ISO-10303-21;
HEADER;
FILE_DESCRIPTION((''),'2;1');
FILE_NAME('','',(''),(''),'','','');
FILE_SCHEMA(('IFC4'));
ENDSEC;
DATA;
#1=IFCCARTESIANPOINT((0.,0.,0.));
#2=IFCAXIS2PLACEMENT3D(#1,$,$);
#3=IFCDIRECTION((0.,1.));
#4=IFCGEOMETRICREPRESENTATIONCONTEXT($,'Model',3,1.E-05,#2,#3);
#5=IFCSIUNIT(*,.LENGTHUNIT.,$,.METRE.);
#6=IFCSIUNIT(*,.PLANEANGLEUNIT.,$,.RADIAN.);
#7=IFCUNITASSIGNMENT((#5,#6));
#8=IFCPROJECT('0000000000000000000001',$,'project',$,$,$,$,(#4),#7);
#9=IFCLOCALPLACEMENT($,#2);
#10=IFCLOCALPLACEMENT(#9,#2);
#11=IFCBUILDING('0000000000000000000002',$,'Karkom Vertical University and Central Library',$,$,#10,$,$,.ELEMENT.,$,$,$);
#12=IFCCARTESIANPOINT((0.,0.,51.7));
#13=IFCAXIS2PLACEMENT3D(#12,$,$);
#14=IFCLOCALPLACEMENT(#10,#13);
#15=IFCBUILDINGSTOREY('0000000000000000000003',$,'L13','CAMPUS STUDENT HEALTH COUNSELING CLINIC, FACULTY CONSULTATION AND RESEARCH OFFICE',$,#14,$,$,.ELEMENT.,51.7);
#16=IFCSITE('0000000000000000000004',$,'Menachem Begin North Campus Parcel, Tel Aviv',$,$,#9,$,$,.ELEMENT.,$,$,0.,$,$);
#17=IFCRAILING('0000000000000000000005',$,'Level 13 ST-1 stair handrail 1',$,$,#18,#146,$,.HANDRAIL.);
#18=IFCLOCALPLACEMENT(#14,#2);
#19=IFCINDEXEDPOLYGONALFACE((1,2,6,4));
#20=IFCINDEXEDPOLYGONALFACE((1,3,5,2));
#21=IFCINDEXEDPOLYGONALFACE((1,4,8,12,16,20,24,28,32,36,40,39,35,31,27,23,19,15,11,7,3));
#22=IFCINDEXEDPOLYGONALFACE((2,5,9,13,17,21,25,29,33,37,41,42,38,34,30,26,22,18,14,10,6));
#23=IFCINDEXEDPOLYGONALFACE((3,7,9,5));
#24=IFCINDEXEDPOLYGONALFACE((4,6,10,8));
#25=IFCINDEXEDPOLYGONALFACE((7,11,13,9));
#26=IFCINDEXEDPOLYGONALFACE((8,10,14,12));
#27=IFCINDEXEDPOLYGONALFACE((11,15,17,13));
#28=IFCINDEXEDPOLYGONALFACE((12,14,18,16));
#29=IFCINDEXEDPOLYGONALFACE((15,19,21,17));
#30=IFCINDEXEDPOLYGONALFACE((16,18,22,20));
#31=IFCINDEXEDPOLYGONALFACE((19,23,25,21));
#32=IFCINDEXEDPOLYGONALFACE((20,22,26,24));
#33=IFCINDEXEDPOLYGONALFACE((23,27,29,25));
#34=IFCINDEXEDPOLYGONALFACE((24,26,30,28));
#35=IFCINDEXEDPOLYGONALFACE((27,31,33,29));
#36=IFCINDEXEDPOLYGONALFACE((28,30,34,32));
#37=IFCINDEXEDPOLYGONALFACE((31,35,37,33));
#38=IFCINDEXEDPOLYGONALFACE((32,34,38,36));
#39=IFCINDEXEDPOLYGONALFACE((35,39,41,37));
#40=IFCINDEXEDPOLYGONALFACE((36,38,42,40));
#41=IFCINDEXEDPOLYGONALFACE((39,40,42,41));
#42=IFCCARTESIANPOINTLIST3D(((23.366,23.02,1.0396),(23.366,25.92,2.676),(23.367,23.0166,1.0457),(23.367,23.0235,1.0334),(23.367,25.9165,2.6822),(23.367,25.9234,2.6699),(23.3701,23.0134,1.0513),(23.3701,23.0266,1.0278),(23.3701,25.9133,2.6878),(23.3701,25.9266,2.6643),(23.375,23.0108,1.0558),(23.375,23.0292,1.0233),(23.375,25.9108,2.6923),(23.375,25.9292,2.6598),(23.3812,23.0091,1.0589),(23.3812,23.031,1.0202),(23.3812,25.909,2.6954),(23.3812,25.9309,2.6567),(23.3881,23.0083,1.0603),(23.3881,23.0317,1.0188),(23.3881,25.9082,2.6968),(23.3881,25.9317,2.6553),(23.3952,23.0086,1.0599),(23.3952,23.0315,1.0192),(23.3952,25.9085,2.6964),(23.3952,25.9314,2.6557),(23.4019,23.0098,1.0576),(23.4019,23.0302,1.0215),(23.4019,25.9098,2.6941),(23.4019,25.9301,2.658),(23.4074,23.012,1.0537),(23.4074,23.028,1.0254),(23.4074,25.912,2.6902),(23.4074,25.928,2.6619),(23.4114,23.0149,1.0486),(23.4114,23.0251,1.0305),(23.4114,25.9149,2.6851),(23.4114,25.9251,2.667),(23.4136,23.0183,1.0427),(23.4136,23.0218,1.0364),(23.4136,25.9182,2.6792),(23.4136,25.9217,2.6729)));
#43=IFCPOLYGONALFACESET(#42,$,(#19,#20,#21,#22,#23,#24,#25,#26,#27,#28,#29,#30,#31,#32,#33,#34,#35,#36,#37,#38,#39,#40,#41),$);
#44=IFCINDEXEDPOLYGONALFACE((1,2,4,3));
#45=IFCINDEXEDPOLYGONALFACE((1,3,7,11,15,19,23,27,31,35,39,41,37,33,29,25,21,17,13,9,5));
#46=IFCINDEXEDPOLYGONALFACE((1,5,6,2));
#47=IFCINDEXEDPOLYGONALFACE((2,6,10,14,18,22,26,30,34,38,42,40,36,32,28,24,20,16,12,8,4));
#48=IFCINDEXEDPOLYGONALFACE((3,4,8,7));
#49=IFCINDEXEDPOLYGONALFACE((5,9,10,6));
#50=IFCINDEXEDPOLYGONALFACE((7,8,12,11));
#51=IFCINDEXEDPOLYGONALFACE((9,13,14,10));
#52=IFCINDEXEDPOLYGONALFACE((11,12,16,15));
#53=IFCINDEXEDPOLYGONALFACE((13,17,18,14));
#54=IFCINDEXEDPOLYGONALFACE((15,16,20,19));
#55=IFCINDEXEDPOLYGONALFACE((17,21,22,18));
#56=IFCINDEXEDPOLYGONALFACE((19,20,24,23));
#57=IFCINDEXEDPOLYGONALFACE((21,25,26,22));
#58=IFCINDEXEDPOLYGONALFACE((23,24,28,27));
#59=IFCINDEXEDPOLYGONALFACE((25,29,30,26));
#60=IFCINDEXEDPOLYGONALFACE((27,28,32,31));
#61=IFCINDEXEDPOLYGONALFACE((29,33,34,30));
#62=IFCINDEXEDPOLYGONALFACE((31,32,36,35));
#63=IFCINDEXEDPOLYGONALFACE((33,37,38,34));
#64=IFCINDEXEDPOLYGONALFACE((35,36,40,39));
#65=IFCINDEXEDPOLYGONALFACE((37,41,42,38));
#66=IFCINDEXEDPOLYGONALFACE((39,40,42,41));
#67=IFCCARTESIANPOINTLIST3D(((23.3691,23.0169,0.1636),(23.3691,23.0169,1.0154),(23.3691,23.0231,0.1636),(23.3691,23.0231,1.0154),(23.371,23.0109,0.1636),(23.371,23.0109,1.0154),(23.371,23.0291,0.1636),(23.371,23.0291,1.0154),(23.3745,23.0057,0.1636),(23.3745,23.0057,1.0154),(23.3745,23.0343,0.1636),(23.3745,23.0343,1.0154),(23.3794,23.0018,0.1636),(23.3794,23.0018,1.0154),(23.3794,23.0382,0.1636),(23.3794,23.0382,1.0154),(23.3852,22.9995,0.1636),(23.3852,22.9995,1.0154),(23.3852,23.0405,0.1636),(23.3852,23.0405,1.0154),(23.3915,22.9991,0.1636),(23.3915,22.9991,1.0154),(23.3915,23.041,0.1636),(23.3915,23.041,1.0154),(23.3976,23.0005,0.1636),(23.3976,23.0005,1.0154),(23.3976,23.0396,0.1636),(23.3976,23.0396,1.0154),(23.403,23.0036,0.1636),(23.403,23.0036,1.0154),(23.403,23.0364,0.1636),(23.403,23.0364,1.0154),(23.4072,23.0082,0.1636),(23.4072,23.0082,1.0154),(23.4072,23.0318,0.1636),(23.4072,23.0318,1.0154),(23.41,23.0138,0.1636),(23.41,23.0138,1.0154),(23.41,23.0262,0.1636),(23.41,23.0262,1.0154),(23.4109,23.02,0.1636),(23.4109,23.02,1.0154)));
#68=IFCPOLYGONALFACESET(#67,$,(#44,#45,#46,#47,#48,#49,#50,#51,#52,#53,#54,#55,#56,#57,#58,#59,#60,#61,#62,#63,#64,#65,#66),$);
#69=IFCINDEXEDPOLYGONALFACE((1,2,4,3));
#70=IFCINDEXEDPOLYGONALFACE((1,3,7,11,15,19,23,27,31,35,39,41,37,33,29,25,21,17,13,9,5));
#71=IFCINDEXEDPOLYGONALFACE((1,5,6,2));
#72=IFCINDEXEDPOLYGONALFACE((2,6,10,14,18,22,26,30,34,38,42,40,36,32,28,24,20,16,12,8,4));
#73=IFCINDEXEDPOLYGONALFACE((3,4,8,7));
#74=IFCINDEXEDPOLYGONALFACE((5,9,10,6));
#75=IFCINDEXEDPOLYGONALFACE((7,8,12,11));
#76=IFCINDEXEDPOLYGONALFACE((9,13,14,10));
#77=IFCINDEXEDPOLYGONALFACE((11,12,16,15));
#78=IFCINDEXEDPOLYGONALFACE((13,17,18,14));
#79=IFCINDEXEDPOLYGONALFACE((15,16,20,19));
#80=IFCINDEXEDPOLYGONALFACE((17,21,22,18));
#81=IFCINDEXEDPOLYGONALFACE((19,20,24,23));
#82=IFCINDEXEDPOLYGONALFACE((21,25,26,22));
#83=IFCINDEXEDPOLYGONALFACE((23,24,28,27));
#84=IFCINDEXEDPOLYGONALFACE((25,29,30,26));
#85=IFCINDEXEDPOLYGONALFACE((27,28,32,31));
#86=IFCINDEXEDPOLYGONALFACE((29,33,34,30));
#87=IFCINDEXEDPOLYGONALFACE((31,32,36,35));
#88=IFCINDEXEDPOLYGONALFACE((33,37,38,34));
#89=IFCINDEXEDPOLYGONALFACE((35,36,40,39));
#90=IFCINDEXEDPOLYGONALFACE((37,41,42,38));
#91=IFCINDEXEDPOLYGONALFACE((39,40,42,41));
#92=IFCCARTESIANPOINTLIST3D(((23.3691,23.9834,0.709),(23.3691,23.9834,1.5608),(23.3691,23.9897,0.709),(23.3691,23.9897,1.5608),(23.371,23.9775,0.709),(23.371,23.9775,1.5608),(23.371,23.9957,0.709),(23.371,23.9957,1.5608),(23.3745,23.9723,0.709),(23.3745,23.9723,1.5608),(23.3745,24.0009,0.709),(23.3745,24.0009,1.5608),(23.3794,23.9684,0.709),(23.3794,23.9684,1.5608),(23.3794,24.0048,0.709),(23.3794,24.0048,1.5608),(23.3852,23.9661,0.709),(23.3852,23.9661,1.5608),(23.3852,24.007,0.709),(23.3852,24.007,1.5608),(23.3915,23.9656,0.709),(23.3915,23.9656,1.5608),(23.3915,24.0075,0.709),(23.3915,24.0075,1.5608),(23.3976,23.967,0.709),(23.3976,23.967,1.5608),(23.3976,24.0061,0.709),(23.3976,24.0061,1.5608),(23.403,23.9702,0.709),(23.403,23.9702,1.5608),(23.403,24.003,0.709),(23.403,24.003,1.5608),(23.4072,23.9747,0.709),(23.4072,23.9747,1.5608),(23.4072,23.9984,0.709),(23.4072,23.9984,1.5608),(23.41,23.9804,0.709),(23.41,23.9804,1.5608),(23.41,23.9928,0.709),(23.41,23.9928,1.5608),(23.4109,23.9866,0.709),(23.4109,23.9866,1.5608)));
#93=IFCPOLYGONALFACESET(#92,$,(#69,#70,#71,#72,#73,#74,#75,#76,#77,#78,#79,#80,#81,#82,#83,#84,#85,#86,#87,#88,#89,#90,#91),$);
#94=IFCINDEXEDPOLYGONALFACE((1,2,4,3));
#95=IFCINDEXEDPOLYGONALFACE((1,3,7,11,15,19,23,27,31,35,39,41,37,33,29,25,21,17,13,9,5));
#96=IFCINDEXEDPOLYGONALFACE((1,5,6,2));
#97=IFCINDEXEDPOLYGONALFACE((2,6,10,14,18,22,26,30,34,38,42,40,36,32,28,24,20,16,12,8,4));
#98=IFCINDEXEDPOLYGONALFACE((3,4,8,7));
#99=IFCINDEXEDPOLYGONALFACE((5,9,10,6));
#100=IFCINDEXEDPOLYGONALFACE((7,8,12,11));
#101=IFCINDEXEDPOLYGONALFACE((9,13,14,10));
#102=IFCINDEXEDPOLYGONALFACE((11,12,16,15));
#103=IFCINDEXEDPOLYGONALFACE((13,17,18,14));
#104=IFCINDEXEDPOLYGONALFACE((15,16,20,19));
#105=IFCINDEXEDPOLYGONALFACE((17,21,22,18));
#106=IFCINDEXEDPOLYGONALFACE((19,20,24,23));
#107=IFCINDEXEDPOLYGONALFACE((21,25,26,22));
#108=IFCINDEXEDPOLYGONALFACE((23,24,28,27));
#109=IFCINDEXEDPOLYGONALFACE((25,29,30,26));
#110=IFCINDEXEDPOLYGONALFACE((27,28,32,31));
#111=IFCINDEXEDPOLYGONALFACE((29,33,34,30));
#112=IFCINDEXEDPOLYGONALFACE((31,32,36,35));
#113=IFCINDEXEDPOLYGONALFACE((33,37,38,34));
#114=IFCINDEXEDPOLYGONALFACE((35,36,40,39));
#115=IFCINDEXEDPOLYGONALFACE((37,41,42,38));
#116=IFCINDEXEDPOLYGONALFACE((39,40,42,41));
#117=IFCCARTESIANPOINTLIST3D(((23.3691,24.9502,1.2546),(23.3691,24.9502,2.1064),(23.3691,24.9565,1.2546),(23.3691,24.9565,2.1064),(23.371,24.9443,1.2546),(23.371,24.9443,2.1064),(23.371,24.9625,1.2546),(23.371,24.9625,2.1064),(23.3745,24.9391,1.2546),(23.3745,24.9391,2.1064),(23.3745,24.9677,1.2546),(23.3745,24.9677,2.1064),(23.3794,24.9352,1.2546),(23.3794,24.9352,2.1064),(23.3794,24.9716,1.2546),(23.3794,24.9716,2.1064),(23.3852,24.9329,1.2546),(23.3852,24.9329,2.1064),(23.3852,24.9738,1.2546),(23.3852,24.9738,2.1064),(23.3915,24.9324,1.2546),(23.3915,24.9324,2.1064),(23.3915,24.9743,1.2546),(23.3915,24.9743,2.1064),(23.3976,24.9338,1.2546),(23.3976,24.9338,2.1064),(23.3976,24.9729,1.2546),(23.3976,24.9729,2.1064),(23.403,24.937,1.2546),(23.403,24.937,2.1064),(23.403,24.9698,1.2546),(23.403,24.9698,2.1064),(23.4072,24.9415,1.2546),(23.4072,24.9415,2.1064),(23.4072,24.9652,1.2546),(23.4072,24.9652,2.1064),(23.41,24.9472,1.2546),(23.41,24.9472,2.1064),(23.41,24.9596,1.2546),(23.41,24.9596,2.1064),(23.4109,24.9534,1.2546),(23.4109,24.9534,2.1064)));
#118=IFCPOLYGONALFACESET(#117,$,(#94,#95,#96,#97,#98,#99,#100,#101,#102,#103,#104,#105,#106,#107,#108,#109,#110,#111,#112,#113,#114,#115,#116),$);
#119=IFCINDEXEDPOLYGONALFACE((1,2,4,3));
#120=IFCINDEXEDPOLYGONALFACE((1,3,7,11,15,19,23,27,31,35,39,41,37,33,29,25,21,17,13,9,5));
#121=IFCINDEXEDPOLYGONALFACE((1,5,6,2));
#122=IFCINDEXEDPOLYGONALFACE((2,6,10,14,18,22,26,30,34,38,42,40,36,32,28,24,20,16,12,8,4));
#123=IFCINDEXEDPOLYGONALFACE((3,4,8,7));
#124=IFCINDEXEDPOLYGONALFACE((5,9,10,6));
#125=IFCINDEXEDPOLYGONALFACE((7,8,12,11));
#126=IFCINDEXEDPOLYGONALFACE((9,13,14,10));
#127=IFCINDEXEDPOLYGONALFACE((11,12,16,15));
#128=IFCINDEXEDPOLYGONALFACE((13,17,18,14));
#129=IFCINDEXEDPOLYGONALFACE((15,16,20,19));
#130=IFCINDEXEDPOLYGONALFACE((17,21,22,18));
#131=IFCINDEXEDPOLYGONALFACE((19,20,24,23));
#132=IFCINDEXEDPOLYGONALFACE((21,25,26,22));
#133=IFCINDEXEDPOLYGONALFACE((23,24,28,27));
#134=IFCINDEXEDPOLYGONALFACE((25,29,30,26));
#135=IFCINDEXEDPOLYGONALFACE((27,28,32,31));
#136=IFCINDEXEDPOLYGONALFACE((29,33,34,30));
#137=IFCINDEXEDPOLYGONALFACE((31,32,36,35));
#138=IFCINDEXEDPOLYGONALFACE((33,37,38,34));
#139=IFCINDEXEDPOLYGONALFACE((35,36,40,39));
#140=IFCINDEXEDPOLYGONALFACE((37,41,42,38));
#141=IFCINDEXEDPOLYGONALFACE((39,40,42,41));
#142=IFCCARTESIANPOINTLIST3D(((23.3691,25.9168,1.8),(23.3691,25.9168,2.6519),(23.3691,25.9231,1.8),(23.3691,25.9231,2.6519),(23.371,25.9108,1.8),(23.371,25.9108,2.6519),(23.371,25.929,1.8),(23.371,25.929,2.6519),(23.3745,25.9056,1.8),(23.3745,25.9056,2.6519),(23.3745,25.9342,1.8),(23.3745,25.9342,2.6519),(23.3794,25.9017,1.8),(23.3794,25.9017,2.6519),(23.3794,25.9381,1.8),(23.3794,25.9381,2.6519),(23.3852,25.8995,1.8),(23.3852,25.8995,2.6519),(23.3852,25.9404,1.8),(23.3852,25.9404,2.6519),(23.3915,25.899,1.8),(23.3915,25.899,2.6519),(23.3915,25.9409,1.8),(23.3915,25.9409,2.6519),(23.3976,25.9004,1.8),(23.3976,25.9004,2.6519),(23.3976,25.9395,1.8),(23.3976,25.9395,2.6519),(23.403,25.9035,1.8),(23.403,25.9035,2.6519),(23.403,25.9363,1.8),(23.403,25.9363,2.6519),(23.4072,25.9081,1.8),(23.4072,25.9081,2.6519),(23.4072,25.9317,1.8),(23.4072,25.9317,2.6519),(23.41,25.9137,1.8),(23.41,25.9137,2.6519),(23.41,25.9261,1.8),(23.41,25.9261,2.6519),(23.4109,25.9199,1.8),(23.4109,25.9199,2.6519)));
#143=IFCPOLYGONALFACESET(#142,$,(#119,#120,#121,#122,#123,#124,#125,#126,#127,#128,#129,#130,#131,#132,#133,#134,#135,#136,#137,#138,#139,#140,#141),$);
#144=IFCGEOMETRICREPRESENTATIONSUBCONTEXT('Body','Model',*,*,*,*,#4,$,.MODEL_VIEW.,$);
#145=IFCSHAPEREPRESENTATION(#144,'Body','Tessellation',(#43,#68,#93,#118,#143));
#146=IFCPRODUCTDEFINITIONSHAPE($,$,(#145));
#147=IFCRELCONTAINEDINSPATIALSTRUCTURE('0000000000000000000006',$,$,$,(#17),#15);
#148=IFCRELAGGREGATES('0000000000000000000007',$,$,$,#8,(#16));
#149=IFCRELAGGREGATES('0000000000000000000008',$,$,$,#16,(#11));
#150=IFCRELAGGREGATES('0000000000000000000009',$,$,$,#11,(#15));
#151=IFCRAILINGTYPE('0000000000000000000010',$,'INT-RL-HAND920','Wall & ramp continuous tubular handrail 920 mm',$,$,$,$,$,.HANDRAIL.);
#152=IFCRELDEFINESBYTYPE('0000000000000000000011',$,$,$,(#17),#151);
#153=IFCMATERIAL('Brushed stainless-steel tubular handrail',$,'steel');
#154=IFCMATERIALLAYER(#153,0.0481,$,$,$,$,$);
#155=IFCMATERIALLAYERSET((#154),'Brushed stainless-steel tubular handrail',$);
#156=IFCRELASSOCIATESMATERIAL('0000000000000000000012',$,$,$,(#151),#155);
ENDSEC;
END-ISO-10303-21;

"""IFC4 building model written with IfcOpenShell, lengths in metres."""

from ifc_helpers import new_model, si_unit, direction, frame, origin, origin_2d, place, context, subcontext, project, spatial, circle, extrude, material, layer, layer_set, type_object, element, save


model = new_model("IFC4")

# Units and contexts
model_context = context("Model", 3, precision=1e-05, world=origin(), true_north=direction((0.0, 1.0)))
body_context = subcontext(model_context, "Body", "Model", "MODEL_VIEW")
ifc_project = project(units=[si_unit("LENGTHUNIT", "METRE"), si_unit("PLANEANGLEUNIT", "RADIAN")], contexts=[model_context])

# Site, building, storey
site_placement = place(None, origin())
site = spatial("IfcSite", under=ifc_project, at=site_placement, Name="Menachem Begin North Campus Parcel, Tel Aviv", CompositionType="ELEMENT", RefElevation=0.0)
building_placement = place(site_placement, origin())
building = spatial("IfcBuilding", under=site, at=building_placement, Name="Karkom Vertical University and Central Library", CompositionType="ELEMENT")
storey_placement = place(building_placement, frame((0.0, 0.0, 51.7)))
storey = spatial("IfcBuildingStorey", under=building, at=storey_placement, Name="L13", Description="CAMPUS STUDENT HEALTH COUNSELING CLINIC, FACULTY CONSULTATION AND RESEARCH OFFICE", CompositionType="ELEMENT", Elevation=51.7)

# Railing
ifc_material_1 = material(Name="Brushed stainless-steel tubular handrail", Category="steel")
ifc_layer_1 = layer(ifc_material_1, 0.0481)
ifc_layer_set_1 = layer_set([ifc_layer_1], Name="Brushed stainless-steel tubular handrail")
railing_type_1 = type_object("IfcRailingType", Name="INT-RL-HAND920", Description="Wall & ramp continuous tubular handrail 920 mm", PredefinedType="HANDRAIL", material=ifc_layer_set_1)
railing_1_placement = place(storey_placement, frame((23.3899, 23.02, 0.1636)))
element("IfcRailing", 1, at=railing_1_placement, inside=storey, type_object=railing_type_1, Name="Level 13 ST-1 stair handrail 1", PredefinedType="HANDRAIL", context=body_context, shape_type="SweptSolid", body=[
    extrude(circle(Radius=0.0239, at=origin_2d()), frame((0.0, 0.0, 0.876), z_axis=(0.0, 0.870897, 0.491465), x_axis=(-1.0, 0.0, 0.0)), (0.0, 0.0, 1.0), 3.3298),
    extrude(circle(Radius=0.021, at=origin_2d()), origin(), (0.0, 0.0, 1.0), 0.8518),
    extrude(circle(Radius=0.021, at=origin_2d()), frame((0.0, 0.9666, 0.5454)), (0.0, 0.0, 1.0), 0.8518),
    extrude(circle(Radius=0.021, at=origin_2d()), frame((0.0, 1.9333, 1.0911)), (0.0, 0.0, 1.0), 0.8518),
    extrude(circle(Radius=0.021, at=origin_2d()), frame((0.0, 2.8999, 1.6365)), (0.0, 0.0, 1.0), 0.8518),
])

save(model, "model.ifc")
